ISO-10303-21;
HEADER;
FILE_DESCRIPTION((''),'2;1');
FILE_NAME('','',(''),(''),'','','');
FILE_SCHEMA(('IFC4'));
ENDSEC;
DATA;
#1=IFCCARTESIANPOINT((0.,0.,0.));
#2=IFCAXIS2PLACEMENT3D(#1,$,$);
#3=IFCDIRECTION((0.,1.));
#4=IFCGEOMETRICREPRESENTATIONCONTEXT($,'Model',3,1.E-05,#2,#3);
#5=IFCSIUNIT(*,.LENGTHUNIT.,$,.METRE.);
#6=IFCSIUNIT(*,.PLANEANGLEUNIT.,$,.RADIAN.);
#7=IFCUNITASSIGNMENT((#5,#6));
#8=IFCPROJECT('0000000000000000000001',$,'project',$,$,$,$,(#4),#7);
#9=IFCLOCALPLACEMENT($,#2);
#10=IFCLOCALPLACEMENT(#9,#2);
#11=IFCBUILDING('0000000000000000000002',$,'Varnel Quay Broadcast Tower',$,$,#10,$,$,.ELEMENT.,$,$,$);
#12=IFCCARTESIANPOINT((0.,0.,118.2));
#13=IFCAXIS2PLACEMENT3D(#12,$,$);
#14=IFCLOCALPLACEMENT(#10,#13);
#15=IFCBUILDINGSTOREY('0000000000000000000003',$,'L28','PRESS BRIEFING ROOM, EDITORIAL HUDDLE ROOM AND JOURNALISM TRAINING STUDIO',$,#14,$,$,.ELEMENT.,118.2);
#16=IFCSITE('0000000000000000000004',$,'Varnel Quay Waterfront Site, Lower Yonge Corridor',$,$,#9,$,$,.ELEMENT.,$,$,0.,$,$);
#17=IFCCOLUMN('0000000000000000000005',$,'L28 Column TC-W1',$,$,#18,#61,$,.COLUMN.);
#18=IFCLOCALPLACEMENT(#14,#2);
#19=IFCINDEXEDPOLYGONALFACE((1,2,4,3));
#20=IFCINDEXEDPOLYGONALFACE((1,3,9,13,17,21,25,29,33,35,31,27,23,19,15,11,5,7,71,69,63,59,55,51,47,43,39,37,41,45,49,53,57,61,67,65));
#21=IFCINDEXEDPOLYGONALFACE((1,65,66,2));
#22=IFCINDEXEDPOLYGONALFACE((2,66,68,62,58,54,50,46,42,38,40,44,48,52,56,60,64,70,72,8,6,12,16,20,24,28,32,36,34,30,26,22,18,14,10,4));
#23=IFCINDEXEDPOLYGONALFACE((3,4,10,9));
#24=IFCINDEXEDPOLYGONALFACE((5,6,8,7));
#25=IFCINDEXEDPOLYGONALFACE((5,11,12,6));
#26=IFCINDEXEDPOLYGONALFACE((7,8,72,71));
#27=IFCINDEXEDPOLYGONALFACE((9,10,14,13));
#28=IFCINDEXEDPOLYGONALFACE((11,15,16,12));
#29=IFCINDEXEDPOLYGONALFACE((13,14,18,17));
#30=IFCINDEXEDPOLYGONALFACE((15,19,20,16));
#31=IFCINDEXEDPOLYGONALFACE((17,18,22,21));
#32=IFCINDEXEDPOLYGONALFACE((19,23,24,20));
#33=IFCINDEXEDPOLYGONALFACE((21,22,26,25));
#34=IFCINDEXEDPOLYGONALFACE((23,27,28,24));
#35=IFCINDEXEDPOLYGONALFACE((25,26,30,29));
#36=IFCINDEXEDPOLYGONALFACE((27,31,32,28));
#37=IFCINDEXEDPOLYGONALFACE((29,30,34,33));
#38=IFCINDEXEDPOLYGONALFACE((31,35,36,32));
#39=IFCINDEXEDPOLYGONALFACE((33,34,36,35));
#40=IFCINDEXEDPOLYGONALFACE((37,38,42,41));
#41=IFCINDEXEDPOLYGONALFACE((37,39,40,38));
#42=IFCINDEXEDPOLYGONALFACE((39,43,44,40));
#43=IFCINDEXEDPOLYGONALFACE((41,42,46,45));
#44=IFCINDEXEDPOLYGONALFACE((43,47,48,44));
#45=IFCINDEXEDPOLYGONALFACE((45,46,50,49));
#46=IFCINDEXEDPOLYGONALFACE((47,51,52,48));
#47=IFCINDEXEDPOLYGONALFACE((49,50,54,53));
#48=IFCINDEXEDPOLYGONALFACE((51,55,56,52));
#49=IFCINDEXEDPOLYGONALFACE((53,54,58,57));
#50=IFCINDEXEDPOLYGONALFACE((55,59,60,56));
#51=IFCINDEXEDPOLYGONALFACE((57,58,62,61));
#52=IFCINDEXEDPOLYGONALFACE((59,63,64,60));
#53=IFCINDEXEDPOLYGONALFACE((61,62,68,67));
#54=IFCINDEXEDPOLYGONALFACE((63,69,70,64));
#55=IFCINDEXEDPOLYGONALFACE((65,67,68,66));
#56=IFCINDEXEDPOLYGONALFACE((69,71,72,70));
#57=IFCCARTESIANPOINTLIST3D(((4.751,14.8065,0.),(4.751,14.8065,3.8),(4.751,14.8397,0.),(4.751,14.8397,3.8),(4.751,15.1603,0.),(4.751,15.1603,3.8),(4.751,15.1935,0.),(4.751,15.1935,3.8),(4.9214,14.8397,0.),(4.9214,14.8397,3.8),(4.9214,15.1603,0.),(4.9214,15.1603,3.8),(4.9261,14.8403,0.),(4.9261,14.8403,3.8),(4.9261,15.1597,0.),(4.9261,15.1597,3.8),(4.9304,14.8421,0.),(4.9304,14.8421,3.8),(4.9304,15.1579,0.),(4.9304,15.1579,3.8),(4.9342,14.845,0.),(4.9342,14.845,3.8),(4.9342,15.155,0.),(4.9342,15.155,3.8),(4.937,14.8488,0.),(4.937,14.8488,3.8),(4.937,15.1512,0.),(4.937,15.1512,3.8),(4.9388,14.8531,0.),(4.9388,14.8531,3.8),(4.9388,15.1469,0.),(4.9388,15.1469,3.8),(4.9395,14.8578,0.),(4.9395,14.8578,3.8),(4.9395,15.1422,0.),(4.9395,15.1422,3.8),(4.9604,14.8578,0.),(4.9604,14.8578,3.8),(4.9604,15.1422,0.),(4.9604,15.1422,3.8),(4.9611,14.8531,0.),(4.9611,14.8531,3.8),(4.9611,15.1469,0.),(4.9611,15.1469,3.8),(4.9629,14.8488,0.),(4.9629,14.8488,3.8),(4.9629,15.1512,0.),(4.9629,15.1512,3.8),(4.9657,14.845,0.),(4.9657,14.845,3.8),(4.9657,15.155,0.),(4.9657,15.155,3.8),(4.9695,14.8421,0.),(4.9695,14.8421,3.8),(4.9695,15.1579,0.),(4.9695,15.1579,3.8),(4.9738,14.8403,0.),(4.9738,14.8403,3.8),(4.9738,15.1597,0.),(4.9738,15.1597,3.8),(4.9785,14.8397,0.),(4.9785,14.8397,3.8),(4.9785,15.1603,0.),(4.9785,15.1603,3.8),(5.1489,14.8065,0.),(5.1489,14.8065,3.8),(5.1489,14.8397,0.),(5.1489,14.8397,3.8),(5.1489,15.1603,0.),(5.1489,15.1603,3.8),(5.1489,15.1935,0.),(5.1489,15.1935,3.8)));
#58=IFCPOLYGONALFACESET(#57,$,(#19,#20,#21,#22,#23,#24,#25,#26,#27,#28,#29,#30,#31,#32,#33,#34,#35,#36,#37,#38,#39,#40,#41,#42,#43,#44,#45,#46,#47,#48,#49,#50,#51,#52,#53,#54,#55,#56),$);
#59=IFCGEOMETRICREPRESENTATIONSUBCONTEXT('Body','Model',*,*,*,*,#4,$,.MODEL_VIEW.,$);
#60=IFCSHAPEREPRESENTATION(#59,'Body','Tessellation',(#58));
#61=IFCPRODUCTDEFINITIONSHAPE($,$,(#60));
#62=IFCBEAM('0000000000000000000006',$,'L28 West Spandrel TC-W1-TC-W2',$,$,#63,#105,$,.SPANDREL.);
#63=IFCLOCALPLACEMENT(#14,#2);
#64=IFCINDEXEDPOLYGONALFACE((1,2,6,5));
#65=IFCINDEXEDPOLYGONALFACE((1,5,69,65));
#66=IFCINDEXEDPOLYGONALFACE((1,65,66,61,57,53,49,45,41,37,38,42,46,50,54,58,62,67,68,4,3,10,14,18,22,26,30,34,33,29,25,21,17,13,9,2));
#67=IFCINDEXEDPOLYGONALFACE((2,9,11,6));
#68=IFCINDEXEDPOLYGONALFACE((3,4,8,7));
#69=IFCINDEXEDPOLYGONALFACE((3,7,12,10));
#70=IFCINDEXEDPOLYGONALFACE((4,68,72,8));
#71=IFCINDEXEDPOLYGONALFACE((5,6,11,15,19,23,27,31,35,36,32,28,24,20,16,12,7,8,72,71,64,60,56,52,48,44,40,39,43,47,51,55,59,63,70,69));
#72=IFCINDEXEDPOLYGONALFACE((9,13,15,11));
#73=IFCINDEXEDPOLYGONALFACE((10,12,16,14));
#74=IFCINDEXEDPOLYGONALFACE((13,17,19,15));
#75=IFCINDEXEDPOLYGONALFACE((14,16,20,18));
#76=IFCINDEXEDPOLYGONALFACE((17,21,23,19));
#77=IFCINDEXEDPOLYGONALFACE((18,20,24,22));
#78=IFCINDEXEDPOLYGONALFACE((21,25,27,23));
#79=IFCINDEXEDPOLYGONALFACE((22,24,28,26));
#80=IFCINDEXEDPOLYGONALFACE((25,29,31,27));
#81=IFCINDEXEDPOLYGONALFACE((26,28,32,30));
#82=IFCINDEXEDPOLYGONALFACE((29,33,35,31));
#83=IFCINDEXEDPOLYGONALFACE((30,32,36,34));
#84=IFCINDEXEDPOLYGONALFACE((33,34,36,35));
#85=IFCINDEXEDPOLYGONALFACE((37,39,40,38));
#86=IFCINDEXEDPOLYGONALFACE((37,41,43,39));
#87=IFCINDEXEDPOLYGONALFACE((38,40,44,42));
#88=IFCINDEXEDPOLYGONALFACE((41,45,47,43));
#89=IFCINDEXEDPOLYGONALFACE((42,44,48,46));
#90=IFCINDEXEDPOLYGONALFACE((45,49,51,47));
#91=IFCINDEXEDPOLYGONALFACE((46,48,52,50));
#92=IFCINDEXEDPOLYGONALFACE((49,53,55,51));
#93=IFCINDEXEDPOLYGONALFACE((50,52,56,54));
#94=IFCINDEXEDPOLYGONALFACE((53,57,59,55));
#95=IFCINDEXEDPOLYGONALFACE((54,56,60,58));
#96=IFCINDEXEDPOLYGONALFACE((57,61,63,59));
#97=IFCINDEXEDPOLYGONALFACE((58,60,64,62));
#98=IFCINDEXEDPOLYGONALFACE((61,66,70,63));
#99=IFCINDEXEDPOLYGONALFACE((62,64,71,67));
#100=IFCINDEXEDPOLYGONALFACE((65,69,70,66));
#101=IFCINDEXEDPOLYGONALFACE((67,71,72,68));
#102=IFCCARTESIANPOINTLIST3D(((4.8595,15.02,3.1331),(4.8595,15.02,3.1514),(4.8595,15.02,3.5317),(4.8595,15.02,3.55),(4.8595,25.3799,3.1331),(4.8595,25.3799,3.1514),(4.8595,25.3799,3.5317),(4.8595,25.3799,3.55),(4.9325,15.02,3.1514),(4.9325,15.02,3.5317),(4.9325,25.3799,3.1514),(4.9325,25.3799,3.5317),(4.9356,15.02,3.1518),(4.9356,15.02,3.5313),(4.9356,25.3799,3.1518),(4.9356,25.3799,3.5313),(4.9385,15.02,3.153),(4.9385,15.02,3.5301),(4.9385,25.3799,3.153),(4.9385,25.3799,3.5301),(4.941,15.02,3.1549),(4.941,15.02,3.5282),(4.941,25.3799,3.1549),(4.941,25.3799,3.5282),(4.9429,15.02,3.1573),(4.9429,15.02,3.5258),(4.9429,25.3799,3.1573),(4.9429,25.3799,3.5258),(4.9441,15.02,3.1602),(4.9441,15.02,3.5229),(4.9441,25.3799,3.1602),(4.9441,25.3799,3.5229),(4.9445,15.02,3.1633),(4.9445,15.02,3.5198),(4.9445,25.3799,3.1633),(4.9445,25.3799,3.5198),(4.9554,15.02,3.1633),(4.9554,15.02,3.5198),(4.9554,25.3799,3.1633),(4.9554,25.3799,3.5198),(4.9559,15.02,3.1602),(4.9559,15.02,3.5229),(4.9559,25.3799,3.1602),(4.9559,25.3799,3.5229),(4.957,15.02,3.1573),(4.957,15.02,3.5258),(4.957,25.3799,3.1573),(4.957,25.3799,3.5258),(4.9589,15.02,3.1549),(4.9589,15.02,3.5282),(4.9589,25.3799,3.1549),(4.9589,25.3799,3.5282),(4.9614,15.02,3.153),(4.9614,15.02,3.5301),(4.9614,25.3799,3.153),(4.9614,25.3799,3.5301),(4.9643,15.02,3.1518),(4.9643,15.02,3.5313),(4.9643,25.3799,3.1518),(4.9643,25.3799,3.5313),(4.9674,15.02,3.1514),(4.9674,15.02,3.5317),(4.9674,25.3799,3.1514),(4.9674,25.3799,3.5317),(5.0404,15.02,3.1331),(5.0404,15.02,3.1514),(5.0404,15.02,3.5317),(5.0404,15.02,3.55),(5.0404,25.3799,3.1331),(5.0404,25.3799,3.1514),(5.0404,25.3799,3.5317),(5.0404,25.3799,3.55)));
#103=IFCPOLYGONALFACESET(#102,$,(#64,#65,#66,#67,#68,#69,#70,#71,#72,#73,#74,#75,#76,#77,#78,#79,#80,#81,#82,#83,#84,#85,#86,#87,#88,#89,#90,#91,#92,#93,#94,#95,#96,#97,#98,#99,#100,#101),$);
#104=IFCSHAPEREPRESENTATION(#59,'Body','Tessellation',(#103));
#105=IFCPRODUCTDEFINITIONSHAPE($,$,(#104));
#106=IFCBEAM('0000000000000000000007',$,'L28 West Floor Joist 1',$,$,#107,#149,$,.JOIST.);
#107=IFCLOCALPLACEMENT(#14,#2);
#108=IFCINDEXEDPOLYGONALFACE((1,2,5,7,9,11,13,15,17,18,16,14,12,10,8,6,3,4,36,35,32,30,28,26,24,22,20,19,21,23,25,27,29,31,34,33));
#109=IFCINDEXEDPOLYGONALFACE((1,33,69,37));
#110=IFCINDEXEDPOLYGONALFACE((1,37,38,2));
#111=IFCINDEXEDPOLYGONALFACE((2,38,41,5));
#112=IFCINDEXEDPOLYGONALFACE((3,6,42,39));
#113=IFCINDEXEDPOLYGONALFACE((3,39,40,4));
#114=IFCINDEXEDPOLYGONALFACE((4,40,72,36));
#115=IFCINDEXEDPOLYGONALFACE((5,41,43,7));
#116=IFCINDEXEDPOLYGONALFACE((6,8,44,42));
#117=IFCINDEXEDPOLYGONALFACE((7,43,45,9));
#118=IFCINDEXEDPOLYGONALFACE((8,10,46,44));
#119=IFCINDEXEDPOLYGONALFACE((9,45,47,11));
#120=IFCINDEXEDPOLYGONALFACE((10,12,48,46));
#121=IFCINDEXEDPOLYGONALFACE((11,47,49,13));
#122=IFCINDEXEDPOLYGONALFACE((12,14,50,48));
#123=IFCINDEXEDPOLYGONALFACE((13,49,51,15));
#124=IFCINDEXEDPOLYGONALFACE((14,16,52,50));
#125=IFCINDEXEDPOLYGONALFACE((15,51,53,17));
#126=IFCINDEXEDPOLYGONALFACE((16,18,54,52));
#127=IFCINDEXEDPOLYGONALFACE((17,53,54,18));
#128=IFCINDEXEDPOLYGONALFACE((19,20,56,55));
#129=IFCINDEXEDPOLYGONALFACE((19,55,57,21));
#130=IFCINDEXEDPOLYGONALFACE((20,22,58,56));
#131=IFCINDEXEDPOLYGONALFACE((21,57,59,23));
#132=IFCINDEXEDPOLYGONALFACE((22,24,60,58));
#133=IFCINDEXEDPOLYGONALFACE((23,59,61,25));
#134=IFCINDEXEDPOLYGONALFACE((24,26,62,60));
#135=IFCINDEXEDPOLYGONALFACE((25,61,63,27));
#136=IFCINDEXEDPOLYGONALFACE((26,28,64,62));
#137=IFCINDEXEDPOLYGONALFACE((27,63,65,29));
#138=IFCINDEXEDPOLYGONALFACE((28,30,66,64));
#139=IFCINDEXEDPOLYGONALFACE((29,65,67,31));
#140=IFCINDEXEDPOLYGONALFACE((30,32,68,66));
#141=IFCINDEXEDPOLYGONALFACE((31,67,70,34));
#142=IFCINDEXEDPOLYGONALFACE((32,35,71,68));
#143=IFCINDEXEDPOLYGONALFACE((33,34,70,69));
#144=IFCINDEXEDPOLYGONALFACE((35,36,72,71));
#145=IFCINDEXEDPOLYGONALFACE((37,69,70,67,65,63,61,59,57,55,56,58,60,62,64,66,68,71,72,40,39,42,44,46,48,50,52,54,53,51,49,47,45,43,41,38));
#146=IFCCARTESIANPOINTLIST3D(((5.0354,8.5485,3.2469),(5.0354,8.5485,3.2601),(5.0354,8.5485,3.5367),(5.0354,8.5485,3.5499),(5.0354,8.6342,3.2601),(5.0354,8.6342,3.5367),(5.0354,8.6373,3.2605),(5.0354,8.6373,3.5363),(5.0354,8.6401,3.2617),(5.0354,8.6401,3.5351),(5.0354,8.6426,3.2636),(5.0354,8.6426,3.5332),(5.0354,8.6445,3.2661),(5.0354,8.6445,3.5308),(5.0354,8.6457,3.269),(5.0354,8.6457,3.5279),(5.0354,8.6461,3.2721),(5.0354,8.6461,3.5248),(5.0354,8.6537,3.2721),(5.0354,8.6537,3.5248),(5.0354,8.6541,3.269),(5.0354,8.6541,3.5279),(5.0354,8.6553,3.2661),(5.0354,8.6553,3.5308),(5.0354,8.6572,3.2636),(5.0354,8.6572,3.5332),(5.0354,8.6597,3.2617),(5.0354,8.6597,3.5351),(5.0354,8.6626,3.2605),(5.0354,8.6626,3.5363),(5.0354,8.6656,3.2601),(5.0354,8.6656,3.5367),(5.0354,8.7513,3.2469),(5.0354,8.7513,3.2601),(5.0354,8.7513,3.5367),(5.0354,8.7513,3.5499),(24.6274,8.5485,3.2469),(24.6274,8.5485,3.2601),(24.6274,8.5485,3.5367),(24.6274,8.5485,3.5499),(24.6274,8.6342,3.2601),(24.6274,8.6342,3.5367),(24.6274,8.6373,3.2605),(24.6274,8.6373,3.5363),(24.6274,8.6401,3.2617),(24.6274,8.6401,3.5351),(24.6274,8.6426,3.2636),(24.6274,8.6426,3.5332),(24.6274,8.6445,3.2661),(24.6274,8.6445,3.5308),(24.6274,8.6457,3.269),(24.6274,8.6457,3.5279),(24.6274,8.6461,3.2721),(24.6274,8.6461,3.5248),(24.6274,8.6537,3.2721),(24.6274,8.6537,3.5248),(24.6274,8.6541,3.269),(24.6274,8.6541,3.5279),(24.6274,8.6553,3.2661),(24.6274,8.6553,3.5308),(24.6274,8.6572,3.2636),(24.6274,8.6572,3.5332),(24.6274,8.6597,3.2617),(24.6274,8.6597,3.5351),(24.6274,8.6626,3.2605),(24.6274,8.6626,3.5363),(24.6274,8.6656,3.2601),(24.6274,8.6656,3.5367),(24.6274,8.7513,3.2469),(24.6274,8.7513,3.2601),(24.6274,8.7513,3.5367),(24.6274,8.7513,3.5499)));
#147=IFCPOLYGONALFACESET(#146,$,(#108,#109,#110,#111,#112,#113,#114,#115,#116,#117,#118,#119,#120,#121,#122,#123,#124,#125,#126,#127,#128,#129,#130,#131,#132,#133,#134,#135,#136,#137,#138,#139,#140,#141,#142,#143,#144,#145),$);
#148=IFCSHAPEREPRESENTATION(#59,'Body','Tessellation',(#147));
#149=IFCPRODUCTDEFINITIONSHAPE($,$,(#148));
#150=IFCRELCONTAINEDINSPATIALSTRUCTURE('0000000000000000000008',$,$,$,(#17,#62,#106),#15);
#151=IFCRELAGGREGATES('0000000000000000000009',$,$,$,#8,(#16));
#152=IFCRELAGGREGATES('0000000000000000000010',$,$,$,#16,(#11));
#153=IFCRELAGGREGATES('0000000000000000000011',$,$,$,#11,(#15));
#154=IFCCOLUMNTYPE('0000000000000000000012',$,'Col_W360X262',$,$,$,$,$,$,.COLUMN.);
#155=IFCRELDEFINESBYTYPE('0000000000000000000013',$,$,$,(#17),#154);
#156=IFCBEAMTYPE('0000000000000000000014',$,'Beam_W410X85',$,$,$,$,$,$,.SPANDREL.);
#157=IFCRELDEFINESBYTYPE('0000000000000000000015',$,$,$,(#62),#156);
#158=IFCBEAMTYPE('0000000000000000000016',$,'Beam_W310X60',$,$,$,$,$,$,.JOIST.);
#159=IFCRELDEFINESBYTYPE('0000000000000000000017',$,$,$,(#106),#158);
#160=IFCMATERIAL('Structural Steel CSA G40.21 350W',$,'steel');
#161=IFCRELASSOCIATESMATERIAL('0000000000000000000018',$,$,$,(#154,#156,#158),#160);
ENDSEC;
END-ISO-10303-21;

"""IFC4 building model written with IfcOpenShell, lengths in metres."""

from ifc_helpers import new_model, si_unit, direction, frame, origin, origin_2d, place, context, subcontext, project, spatial, i_section, extrude, source, transform, mapped, material, material_profile, profile_set, type_object, type_shapes, element, save


model = new_model("IFC4")

# Units and contexts
model_context = context("Model", 3, precision=1e-05, world=origin(), true_north=direction((0.0, 1.0)))
body_context = subcontext(model_context, "Body", "Model", "MODEL_VIEW")
ifc_project = project(units=[si_unit("LENGTHUNIT", "METRE"), si_unit("PLANEANGLEUNIT", "RADIAN")], contexts=[model_context])

# Site, building, storey
site_placement = place(None, origin())
site = spatial("IfcSite", under=ifc_project, at=site_placement, Name="Varnel Quay Waterfront Site, Lower Yonge Corridor", CompositionType="ELEMENT", RefElevation=0.0)
building_placement = place(site_placement, origin())
building = spatial("IfcBuilding", under=site, at=building_placement, Name="Varnel Quay Broadcast Tower", CompositionType="ELEMENT")
storey_placement = place(building_placement, frame((0.0, 0.0, 118.2)))
storey = spatial("IfcBuildingStorey", under=building, at=storey_placement, Name="L28", Description="PRESS BRIEFING ROOM, EDITORIAL HUDDLE ROOM AND JOURNALISM TRAINING STUDIO", CompositionType="ELEMENT", Elevation=118.2)

# Column
ifc_material_1 = material(Name="Structural Steel CSA G40.21 350W", Category="steel")
ifc_material_profile_1 = material_profile(ifc_material_1, i_section(OverallWidth=0.3979, OverallDepth=0.387, WebThickness=0.021, FlangeThickness=0.0332, FilletRadius=0.0181, at=origin_2d()), Name="W360X262")
ifc_profile_set_1 = profile_set([ifc_material_profile_1], Name="Structural Steel CSA G40.21 350W")
column_type = type_object("IfcColumnType", Name="Col_W360X262", PredefinedType="COLUMN", material=ifc_profile_set_1)
shared_shape_1 = source(origin(), body_context, "Body", "SweptSolid", [
    extrude(i_section(OverallWidth=0.3979, OverallDepth=0.387, WebThickness=0.021, FlangeThickness=0.0332, FilletRadius=0.0181, at=origin_2d()), origin(), (0.0, 0.0, 1.0), 3.8),
])
type_shapes(column_type, [shared_shape_1])
column_placement = place(storey_placement, frame((4.95, 15.0, 0.0), z_axis=(0.0, 0.0, 1.0), x_axis=(1.0, 0.0, 0.0)))
element("IfcColumn", 1, at=column_placement, inside=storey, type_object=column_type, Name="L28 Column TC-W1", PredefinedType="COLUMN", context=body_context, shape_type="MappedRepresentation", body=[
    mapped(shared_shape_1, transform((0.0, 0.0, 0.0), x_axis=(1.0, 0.0, 0.0), y_axis=(0.0, 1.0, 0.0), z_axis=(0.0, 0.0, 1.0), scale=1.0)),
])

# Beams
ifc_material_profile_2 = material_profile(ifc_material_1, i_section(OverallWidth=0.1809, OverallDepth=0.417, WebThickness=0.011, FlangeThickness=0.0183, FilletRadius=0.012, at=origin_2d()), Name="W410X85")
ifc_profile_set_2 = profile_set([ifc_material_profile_2], Name="Structural Steel CSA G40.21 350W")
beam_type_1 = type_object("IfcBeamType", Name="Beam_W410X85", PredefinedType="SPANDREL", material=ifc_profile_set_2)
shared_shape_2 = source(origin(), body_context, "Body", "SweptSolid", [
    extrude(i_section(OverallWidth=0.1809, OverallDepth=0.417, WebThickness=0.011, FlangeThickness=0.0183, FilletRadius=0.012, at=origin_2d()), origin(), (0.0, 0.0, 1.0), 10.3599),
])
type_shapes(beam_type_1, [shared_shape_2])
beam_1_placement = place(storey_placement, frame((4.95, 15.02, 3.3416), z_axis=(0.0, 1.0, 0.0), x_axis=(-1.0, 0.0, 0.0)))
element("IfcBeam", 2, at=beam_1_placement, inside=storey, type_object=beam_type_1, Name="L28 West Spandrel TC-W1-TC-W2", PredefinedType="SPANDREL", context=body_context, shape_type="MappedRepresentation", body=[
    mapped(shared_shape_2, transform((0.0, 0.0, 0.0), x_axis=(1.0, 0.0, 0.0), y_axis=(0.0, 1.0, 0.0), z_axis=(0.0, 0.0, 1.0), scale=1.0)),
])
ifc_material_profile_3 = material_profile(ifc_material_1, i_section(OverallWidth=0.2029, OverallDepth=0.303, WebThickness=0.0076, FlangeThickness=0.0132, FilletRadius=0.012, at=origin_2d()), Name="W310X60")
ifc_profile_set_3 = profile_set([ifc_material_profile_3], Name="Structural Steel CSA G40.21 350W")
beam_type_2 = type_object("IfcBeamType", Name="Beam_W310X60", PredefinedType="JOIST", material=ifc_profile_set_3)
shared_shape_3 = source(origin(), body_context, "Body", "SweptSolid", [
    extrude(i_section(OverallWidth=0.2029, OverallDepth=0.303, WebThickness=0.0076, FlangeThickness=0.0132, FilletRadius=0.012, at=origin_2d()), origin(), (0.0, 0.0, 1.0), 19.592),
])
type_shapes(beam_type_2, [shared_shape_3])
beam_2_placement = place(storey_placement, frame((5.0354, 8.6499, 3.3984), z_axis=(1.0, 0.0, 0.0), x_axis=(0.0, 1.0, 0.0)))
element("IfcBeam", 3, at=beam_2_placement, inside=storey, type_object=beam_type_2, Name="L28 West Floor Joist 1", PredefinedType="JOIST", context=body_context, shape_type="MappedRepresentation", body=[
    mapped(shared_shape_3, transform((0.0, 0.0, 0.0), x_axis=(1.0, 0.0, 0.0), y_axis=(0.0, 1.0, 0.0), z_axis=(0.0, 0.0, 1.0), scale=1.0)),
])

save(model, "model.ifc")
